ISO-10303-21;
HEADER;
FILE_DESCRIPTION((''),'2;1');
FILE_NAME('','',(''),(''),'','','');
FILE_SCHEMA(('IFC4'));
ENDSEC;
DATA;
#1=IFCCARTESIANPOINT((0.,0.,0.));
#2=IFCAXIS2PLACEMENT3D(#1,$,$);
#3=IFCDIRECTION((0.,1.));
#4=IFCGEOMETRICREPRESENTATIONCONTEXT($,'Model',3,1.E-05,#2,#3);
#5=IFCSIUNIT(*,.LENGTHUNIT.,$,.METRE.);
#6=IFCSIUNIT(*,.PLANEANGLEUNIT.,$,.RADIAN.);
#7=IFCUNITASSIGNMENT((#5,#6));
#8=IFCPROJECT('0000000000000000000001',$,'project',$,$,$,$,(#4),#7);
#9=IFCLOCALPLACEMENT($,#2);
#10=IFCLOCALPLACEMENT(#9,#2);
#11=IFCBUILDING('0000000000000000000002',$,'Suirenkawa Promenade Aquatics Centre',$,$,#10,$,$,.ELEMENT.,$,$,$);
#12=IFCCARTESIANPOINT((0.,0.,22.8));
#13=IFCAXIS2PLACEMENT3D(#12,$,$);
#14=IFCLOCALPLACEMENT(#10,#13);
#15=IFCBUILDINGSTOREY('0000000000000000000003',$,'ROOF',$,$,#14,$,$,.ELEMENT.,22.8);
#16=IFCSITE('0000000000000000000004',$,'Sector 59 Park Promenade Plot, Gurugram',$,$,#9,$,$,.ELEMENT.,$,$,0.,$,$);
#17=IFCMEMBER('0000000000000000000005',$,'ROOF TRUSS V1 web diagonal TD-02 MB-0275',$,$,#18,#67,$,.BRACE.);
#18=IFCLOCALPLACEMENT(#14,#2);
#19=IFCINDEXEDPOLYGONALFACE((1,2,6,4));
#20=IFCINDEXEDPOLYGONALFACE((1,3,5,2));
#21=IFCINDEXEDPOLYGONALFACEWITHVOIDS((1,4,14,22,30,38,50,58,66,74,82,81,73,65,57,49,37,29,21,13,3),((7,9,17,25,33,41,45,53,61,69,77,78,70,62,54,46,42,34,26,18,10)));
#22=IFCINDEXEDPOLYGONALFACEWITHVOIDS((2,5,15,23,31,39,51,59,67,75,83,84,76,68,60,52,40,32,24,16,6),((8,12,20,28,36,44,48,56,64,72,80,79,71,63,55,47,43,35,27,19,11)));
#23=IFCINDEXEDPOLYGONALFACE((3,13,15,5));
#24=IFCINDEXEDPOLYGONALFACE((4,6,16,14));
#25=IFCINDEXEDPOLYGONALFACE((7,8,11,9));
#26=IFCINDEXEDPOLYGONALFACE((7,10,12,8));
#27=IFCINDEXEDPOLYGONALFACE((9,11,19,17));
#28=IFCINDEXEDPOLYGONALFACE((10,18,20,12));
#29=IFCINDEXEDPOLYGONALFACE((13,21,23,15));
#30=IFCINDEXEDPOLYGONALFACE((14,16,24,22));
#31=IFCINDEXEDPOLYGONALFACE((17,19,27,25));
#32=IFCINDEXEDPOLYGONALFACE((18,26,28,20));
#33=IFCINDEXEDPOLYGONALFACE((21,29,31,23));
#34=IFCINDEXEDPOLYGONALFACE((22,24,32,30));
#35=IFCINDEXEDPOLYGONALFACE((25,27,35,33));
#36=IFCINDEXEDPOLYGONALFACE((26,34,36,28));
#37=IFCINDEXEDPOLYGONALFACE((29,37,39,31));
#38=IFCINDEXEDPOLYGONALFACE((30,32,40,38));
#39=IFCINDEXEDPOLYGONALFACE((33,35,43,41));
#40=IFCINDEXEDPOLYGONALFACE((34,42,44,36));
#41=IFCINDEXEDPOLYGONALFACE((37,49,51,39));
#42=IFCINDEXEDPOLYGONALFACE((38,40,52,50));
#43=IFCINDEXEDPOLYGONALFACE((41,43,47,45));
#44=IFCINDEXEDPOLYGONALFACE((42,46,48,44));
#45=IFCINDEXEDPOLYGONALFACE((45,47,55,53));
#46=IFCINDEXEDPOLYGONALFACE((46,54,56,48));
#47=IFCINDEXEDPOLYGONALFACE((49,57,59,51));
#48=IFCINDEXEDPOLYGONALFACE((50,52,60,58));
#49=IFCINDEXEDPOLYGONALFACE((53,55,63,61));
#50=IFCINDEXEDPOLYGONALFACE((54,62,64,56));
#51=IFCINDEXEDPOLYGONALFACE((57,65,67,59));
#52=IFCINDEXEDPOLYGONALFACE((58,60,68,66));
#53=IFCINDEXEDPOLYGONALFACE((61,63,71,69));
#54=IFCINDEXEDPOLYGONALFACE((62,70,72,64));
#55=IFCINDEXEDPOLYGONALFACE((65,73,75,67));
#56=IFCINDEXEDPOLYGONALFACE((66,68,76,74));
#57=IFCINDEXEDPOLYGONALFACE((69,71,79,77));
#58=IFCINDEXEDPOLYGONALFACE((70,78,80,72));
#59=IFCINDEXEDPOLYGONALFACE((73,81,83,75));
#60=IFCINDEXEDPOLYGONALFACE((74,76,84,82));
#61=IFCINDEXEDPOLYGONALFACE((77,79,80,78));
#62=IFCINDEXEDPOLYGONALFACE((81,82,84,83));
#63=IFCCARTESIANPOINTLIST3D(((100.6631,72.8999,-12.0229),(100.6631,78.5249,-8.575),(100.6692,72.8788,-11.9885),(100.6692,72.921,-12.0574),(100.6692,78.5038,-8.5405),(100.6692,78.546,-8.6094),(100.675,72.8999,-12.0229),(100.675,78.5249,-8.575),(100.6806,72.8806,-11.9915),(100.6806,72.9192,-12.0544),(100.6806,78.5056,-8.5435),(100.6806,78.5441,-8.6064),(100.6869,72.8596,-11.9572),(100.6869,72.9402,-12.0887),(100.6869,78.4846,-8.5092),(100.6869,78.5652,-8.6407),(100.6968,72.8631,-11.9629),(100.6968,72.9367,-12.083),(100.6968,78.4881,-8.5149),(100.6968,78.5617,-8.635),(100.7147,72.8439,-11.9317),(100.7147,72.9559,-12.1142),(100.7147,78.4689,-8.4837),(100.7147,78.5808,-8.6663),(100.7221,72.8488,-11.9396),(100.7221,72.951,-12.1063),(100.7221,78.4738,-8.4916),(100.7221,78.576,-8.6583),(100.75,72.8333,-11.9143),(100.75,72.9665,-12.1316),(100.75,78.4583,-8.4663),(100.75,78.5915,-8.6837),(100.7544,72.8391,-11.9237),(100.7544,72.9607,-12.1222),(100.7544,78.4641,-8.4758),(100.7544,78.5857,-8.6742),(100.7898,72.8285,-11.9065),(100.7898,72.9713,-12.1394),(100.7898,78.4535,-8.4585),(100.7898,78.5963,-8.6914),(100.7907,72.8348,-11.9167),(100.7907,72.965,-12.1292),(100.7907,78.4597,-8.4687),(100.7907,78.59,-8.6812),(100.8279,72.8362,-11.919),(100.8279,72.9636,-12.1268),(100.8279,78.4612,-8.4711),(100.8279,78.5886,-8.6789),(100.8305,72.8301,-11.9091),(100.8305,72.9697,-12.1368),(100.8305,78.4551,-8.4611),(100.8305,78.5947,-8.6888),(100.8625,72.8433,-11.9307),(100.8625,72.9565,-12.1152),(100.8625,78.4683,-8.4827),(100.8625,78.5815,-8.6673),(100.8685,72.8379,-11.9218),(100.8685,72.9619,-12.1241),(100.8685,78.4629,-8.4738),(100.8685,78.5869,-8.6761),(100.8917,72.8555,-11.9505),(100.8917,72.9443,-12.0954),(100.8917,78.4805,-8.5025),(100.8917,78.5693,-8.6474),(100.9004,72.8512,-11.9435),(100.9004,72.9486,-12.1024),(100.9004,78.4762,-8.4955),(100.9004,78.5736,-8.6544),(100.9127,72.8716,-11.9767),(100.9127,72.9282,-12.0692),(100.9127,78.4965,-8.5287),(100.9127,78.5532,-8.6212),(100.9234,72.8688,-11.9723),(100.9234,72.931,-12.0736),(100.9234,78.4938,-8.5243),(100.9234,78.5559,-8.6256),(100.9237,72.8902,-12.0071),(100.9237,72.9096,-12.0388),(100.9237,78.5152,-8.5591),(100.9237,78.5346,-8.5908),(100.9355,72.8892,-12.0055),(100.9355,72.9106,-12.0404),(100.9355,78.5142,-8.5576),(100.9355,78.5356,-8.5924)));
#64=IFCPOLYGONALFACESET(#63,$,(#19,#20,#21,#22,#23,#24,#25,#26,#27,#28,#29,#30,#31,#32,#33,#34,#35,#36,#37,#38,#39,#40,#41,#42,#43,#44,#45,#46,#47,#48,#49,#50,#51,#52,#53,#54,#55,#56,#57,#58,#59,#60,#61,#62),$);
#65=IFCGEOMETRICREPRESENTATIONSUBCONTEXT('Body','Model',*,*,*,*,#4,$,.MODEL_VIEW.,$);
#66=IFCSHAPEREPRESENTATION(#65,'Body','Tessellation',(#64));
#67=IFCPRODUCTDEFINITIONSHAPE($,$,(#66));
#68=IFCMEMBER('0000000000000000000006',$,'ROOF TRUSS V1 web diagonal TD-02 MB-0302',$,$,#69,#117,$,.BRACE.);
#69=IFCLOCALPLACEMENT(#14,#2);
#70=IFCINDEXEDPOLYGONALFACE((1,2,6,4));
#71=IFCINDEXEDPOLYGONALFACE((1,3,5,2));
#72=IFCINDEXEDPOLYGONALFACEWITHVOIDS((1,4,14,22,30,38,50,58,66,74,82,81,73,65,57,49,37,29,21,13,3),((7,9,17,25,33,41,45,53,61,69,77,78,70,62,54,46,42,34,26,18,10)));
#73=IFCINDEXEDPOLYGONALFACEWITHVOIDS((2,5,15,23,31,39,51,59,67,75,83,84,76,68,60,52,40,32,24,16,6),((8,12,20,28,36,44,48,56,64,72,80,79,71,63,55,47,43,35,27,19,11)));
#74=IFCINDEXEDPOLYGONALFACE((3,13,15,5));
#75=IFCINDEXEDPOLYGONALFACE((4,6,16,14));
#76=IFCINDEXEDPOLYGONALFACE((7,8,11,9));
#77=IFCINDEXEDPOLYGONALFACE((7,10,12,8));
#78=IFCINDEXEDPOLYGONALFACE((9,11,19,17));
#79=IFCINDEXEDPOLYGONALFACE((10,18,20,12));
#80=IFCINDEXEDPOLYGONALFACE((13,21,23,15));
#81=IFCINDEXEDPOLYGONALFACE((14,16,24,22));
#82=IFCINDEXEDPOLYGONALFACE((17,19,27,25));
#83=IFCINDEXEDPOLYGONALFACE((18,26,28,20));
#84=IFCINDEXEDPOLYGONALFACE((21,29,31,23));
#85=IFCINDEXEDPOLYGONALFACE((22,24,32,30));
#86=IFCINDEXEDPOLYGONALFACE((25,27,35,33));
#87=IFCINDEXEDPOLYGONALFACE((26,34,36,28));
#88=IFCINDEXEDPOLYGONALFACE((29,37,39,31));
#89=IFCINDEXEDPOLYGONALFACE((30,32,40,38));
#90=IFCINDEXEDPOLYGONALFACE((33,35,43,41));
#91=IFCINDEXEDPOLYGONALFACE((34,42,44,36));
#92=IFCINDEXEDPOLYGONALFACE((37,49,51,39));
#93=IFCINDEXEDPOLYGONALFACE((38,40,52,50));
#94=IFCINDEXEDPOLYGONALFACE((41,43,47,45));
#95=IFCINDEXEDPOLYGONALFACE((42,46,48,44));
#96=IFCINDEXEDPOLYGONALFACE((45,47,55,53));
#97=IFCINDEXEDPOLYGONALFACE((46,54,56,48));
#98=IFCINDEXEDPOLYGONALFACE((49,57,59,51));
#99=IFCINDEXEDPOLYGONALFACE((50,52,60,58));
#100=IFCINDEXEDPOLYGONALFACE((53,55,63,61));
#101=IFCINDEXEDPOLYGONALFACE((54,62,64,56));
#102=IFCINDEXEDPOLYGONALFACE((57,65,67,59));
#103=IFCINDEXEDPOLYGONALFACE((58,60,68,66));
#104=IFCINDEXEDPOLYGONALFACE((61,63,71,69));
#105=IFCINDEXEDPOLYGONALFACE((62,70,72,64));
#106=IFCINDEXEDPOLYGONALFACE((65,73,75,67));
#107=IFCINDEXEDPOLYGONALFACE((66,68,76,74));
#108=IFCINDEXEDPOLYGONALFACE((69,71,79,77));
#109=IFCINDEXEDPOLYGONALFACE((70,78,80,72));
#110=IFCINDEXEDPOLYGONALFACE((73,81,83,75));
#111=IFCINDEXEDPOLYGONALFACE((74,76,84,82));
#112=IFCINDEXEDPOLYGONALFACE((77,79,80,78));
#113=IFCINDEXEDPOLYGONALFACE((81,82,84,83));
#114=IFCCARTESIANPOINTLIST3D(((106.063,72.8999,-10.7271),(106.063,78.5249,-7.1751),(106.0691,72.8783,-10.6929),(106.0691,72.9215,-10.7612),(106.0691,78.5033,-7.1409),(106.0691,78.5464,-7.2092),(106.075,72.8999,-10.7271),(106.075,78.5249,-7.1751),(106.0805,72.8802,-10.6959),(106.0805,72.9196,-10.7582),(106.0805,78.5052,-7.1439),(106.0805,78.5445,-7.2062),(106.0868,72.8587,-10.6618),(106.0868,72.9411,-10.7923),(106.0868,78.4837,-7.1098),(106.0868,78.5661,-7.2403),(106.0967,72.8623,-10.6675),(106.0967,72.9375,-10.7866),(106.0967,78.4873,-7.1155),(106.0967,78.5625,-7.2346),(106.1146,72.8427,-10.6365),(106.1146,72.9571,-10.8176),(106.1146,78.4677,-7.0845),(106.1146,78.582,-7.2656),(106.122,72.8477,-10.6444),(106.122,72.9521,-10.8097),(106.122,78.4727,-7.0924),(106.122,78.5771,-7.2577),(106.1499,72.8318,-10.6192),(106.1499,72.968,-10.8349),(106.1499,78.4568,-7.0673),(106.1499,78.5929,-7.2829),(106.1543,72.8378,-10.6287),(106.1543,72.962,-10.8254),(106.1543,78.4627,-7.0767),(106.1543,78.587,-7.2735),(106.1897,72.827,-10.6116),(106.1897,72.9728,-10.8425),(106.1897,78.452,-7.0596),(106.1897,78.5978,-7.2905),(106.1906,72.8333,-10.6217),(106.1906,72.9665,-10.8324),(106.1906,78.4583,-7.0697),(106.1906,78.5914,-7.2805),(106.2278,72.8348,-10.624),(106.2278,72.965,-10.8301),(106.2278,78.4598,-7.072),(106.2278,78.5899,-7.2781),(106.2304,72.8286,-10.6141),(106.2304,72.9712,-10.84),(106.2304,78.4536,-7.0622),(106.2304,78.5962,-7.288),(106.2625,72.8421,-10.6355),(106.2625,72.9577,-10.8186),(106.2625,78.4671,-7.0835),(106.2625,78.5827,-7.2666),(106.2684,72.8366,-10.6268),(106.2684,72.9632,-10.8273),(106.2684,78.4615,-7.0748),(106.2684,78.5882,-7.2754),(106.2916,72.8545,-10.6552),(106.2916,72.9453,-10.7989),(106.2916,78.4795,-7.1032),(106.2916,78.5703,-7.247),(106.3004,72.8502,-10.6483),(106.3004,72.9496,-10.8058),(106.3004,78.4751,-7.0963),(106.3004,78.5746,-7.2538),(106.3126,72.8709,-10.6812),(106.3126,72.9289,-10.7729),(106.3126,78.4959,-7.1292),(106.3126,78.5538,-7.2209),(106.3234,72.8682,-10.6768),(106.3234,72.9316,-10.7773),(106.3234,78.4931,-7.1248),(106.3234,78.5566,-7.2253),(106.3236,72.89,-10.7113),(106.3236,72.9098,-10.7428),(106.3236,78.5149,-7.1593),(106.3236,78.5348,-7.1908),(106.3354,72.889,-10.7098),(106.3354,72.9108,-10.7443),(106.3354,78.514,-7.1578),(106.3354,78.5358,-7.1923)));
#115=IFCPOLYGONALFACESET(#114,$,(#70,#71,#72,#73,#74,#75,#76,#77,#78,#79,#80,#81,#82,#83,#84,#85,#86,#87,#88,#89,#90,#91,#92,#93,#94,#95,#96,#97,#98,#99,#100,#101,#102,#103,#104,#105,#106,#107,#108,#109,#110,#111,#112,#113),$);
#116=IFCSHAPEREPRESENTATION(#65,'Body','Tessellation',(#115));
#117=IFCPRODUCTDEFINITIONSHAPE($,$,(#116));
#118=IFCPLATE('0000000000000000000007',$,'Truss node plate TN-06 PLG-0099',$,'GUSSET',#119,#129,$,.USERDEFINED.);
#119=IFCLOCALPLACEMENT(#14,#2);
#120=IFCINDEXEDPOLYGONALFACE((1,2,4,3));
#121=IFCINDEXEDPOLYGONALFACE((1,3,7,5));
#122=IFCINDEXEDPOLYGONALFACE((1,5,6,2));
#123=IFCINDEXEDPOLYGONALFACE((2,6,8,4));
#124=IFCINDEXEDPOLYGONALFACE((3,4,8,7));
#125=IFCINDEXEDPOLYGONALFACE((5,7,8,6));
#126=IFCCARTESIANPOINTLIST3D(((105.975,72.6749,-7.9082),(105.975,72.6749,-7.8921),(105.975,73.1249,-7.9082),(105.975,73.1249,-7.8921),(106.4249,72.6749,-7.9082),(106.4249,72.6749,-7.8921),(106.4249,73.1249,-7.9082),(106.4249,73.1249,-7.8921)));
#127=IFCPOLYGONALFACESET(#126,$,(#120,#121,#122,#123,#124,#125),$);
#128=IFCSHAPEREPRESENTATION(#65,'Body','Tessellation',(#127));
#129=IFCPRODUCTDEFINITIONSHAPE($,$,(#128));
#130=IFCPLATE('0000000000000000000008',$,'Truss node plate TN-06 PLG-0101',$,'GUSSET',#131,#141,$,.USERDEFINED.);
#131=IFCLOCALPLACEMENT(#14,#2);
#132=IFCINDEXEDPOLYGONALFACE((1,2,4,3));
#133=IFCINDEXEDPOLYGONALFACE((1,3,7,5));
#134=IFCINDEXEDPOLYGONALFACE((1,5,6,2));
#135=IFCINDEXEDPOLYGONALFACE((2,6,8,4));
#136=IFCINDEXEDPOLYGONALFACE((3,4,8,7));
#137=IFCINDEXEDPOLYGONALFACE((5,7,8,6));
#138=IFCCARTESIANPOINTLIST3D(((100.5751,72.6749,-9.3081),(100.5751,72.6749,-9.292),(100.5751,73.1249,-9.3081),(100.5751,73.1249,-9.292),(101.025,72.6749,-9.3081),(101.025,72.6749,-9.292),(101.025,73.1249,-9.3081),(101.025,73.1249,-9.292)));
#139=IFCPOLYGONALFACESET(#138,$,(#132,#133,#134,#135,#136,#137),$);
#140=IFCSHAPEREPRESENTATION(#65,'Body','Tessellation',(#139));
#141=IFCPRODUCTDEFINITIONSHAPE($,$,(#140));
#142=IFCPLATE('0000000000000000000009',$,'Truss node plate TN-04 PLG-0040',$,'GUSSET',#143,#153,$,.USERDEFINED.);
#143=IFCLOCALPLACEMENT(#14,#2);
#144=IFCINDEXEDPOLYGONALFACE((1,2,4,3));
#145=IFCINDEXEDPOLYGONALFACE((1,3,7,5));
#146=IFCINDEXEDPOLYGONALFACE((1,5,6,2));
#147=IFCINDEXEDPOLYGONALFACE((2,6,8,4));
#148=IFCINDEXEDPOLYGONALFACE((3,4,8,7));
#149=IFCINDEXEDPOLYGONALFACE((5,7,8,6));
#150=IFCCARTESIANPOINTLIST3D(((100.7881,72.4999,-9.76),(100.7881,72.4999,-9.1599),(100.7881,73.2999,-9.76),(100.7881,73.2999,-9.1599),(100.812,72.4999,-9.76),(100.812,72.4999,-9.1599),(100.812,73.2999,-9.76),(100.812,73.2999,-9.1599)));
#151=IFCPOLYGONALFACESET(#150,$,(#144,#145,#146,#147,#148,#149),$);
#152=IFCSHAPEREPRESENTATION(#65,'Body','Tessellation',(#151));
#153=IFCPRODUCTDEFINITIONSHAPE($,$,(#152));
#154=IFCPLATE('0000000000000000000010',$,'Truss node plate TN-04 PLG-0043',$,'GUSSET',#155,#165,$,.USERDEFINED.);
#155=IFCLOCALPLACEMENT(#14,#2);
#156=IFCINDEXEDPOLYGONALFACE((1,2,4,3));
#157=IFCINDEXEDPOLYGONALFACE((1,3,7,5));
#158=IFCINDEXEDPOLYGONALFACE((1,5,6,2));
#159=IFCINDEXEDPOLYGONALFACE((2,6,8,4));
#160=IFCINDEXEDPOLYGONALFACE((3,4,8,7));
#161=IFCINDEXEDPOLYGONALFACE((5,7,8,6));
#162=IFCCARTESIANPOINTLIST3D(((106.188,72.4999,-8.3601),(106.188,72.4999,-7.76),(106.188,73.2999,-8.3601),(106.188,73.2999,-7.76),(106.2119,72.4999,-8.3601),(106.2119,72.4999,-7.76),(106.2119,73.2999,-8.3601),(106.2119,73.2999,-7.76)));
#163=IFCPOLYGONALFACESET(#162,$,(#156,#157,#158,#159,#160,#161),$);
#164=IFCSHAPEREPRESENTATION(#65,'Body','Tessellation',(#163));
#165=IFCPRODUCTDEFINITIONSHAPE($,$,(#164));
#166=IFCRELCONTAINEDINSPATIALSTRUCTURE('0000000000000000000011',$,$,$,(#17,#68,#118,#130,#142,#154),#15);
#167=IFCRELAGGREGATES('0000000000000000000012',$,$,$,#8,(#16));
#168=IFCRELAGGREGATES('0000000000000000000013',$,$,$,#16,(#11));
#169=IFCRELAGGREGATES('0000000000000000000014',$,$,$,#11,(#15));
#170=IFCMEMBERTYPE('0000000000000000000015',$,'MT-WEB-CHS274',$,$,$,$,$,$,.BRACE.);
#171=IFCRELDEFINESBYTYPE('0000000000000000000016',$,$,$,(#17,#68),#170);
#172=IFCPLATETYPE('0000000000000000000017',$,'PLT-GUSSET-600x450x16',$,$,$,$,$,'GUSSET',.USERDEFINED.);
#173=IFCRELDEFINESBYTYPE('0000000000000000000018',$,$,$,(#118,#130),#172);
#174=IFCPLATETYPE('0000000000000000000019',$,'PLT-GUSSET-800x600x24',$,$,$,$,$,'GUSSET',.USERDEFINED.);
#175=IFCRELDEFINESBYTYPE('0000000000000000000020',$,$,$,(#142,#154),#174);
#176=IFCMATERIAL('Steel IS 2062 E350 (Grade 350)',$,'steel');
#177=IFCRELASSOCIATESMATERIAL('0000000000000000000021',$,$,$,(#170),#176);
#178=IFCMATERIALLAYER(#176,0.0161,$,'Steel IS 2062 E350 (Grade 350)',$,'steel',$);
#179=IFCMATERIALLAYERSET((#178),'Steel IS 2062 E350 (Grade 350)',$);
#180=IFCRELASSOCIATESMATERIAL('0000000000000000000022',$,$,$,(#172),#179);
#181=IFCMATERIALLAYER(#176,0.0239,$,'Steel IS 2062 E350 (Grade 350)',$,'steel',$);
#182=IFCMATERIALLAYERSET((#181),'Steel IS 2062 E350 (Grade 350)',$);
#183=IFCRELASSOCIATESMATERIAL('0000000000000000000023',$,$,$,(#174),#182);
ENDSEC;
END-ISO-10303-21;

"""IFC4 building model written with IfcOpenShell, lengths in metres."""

from ifc_helpers import new_model, si_unit, direction, frame, origin, origin_2d, place, context, subcontext, project, spatial, rectangle, hollow_circle, extrude, material, layer, layer_set, material_profile, profile_set, type_object, element, save


model = new_model("IFC4")

# Units and contexts
model_context = context("Model", 3, precision=1e-05, world=origin(), true_north=direction((0.0, 1.0)))
body_context = subcontext(model_context, "Body", "Model", "MODEL_VIEW")
ifc_project = project(units=[si_unit("LENGTHUNIT", "METRE"), si_unit("PLANEANGLEUNIT", "RADIAN")], contexts=[model_context])

# Site, building, storey
site_placement = place(None, origin())
site = spatial("IfcSite", under=ifc_project, at=site_placement, Name="Sector 59 Park Promenade Plot, Gurugram", CompositionType="ELEMENT", RefElevation=0.0)
building_placement = place(site_placement, origin())
building = spatial("IfcBuilding", under=site, at=building_placement, Name="Suirenkawa Promenade Aquatics Centre", CompositionType="ELEMENT")
storey_placement = place(building_placement, frame((0.0, 0.0, 22.8)))
storey = spatial("IfcBuildingStorey", under=building, at=storey_placement, Name="ROOF", CompositionType="ELEMENT", Elevation=22.8)

# Shared definitions
ifc_material = material(Name="Steel IS 2062 E350 (Grade 350)", Category="steel")

# Members
ifc_material_profile_1 = material_profile(ifc_material, hollow_circle(Radius=0.137, WallThickness=0.012, at=origin_2d()), Name="CHS 274x12", Category="steel")
ifc_profile_set_1 = profile_set([ifc_material_profile_1], Name="Steel IS 2062 E350 (Grade 350)")
member_type_1 = type_object("IfcMemberType", Name="MT-WEB-CHS274", PredefinedType="BRACE", material=ifc_profile_set_1)
member_1_placement = place(storey_placement, frame((100.8, 72.8999, -12.0229), z_axis=(0.0, 0.852573, 0.522608), x_axis=(-1.0, 0.0, 0.0)))
element("IfcMember", 1, at=member_1_placement, inside=storey, type_object=member_type_1, Name="ROOF TRUSS V1 web diagonal TD-02 MB-0275", PredefinedType="BRACE", context=body_context, shape_type="SweptSolid", body=[
    extrude(hollow_circle(Radius=0.137, WallThickness=0.012, at=origin_2d()), origin(), (0.0, 0.0, 1.0), 6.5977),
])
member_2_placement = place(storey_placement, frame((106.2, 72.8999, -10.7271), z_axis=(0.0, 0.845532, 0.533925), x_axis=(-1.0, 0.0, 0.0)))
element("IfcMember", 2, at=member_2_placement, inside=storey, type_object=member_type_1, Name="ROOF TRUSS V1 web diagonal TD-02 MB-0302", PredefinedType="BRACE", context=body_context, shape_type="SweptSolid", body=[
    extrude(hollow_circle(Radius=0.137, WallThickness=0.012, at=origin_2d()), origin(), (0.0, 0.0, 1.0), 6.6526),
])

# Plates
ifc_layer_1 = layer(ifc_material, 0.0161, Name="Steel IS 2062 E350 (Grade 350)", Category="steel")
ifc_layer_set_1 = layer_set([ifc_layer_1], Name="Steel IS 2062 E350 (Grade 350)")
plate_type_1 = type_object("IfcPlateType", Name="PLT-GUSSET-600x450x16", ElementType="GUSSET", PredefinedType="USERDEFINED", material=ifc_layer_set_1)
for number, where, z_axis, x_axis, name in (
    (3, (106.2, 72.8999, -7.9082), (0.0, 0.0, 1.0), (1.0, 0.0, 0.0), "Truss node plate TN-06 PLG-0099"),
    (4, (100.8, 72.8999, -9.3081), (0.0, 0.0, 1.0), (1.0, 0.0, 0.0), "Truss node plate TN-06 PLG-0101"),
):
    element("IfcPlate", number, at=place(storey_placement, frame(where, z_axis=z_axis, x_axis=x_axis)), inside=storey, type_object=plate_type_1, Name=name, ObjectType="GUSSET", PredefinedType="USERDEFINED", context=body_context, shape_type="SweptSolid", body=[
        extrude(rectangle(XDim=0.45, YDim=0.45, at=origin_2d()), origin(), (0.0, 0.0, 1.0), 0.0161),
    ])
ifc_layer_2 = layer(ifc_material, 0.0239, Name="Steel IS 2062 E350 (Grade 350)", Category="steel")
ifc_layer_set_2 = layer_set([ifc_layer_2], Name="Steel IS 2062 E350 (Grade 350)")
plate_type_2 = type_object("IfcPlateType", Name="PLT-GUSSET-800x600x24", ElementType="GUSSET", PredefinedType="USERDEFINED", material=ifc_layer_set_2)
for number, where, z_axis, x_axis, name in (
    (5, (100.8, 72.8999, -9.76), (0.0, 0.0, 1.0), (0.0, 1.0, 0.0), "Truss node plate TN-04 PLG-0040"),
    (6, (106.2, 72.8999, -8.3601), (0.0, 0.0, 1.0), (0.0, 1.0, 0.0), "Truss node plate TN-04 PLG-0043"),
):
    element("IfcPlate", number, at=place(storey_placement, frame(where, z_axis=z_axis, x_axis=x_axis)), inside=storey, type_object=plate_type_2, Name=name, ObjectType="GUSSET", PredefinedType="USERDEFINED", context=body_context, shape_type="SweptSolid", body=[
        extrude(rectangle(XDim=0.8, YDim=0.0239, at=origin_2d()), origin(), (0.0, 0.0, 1.0), 0.6001),
    ])

save(model, "model.ifc")
